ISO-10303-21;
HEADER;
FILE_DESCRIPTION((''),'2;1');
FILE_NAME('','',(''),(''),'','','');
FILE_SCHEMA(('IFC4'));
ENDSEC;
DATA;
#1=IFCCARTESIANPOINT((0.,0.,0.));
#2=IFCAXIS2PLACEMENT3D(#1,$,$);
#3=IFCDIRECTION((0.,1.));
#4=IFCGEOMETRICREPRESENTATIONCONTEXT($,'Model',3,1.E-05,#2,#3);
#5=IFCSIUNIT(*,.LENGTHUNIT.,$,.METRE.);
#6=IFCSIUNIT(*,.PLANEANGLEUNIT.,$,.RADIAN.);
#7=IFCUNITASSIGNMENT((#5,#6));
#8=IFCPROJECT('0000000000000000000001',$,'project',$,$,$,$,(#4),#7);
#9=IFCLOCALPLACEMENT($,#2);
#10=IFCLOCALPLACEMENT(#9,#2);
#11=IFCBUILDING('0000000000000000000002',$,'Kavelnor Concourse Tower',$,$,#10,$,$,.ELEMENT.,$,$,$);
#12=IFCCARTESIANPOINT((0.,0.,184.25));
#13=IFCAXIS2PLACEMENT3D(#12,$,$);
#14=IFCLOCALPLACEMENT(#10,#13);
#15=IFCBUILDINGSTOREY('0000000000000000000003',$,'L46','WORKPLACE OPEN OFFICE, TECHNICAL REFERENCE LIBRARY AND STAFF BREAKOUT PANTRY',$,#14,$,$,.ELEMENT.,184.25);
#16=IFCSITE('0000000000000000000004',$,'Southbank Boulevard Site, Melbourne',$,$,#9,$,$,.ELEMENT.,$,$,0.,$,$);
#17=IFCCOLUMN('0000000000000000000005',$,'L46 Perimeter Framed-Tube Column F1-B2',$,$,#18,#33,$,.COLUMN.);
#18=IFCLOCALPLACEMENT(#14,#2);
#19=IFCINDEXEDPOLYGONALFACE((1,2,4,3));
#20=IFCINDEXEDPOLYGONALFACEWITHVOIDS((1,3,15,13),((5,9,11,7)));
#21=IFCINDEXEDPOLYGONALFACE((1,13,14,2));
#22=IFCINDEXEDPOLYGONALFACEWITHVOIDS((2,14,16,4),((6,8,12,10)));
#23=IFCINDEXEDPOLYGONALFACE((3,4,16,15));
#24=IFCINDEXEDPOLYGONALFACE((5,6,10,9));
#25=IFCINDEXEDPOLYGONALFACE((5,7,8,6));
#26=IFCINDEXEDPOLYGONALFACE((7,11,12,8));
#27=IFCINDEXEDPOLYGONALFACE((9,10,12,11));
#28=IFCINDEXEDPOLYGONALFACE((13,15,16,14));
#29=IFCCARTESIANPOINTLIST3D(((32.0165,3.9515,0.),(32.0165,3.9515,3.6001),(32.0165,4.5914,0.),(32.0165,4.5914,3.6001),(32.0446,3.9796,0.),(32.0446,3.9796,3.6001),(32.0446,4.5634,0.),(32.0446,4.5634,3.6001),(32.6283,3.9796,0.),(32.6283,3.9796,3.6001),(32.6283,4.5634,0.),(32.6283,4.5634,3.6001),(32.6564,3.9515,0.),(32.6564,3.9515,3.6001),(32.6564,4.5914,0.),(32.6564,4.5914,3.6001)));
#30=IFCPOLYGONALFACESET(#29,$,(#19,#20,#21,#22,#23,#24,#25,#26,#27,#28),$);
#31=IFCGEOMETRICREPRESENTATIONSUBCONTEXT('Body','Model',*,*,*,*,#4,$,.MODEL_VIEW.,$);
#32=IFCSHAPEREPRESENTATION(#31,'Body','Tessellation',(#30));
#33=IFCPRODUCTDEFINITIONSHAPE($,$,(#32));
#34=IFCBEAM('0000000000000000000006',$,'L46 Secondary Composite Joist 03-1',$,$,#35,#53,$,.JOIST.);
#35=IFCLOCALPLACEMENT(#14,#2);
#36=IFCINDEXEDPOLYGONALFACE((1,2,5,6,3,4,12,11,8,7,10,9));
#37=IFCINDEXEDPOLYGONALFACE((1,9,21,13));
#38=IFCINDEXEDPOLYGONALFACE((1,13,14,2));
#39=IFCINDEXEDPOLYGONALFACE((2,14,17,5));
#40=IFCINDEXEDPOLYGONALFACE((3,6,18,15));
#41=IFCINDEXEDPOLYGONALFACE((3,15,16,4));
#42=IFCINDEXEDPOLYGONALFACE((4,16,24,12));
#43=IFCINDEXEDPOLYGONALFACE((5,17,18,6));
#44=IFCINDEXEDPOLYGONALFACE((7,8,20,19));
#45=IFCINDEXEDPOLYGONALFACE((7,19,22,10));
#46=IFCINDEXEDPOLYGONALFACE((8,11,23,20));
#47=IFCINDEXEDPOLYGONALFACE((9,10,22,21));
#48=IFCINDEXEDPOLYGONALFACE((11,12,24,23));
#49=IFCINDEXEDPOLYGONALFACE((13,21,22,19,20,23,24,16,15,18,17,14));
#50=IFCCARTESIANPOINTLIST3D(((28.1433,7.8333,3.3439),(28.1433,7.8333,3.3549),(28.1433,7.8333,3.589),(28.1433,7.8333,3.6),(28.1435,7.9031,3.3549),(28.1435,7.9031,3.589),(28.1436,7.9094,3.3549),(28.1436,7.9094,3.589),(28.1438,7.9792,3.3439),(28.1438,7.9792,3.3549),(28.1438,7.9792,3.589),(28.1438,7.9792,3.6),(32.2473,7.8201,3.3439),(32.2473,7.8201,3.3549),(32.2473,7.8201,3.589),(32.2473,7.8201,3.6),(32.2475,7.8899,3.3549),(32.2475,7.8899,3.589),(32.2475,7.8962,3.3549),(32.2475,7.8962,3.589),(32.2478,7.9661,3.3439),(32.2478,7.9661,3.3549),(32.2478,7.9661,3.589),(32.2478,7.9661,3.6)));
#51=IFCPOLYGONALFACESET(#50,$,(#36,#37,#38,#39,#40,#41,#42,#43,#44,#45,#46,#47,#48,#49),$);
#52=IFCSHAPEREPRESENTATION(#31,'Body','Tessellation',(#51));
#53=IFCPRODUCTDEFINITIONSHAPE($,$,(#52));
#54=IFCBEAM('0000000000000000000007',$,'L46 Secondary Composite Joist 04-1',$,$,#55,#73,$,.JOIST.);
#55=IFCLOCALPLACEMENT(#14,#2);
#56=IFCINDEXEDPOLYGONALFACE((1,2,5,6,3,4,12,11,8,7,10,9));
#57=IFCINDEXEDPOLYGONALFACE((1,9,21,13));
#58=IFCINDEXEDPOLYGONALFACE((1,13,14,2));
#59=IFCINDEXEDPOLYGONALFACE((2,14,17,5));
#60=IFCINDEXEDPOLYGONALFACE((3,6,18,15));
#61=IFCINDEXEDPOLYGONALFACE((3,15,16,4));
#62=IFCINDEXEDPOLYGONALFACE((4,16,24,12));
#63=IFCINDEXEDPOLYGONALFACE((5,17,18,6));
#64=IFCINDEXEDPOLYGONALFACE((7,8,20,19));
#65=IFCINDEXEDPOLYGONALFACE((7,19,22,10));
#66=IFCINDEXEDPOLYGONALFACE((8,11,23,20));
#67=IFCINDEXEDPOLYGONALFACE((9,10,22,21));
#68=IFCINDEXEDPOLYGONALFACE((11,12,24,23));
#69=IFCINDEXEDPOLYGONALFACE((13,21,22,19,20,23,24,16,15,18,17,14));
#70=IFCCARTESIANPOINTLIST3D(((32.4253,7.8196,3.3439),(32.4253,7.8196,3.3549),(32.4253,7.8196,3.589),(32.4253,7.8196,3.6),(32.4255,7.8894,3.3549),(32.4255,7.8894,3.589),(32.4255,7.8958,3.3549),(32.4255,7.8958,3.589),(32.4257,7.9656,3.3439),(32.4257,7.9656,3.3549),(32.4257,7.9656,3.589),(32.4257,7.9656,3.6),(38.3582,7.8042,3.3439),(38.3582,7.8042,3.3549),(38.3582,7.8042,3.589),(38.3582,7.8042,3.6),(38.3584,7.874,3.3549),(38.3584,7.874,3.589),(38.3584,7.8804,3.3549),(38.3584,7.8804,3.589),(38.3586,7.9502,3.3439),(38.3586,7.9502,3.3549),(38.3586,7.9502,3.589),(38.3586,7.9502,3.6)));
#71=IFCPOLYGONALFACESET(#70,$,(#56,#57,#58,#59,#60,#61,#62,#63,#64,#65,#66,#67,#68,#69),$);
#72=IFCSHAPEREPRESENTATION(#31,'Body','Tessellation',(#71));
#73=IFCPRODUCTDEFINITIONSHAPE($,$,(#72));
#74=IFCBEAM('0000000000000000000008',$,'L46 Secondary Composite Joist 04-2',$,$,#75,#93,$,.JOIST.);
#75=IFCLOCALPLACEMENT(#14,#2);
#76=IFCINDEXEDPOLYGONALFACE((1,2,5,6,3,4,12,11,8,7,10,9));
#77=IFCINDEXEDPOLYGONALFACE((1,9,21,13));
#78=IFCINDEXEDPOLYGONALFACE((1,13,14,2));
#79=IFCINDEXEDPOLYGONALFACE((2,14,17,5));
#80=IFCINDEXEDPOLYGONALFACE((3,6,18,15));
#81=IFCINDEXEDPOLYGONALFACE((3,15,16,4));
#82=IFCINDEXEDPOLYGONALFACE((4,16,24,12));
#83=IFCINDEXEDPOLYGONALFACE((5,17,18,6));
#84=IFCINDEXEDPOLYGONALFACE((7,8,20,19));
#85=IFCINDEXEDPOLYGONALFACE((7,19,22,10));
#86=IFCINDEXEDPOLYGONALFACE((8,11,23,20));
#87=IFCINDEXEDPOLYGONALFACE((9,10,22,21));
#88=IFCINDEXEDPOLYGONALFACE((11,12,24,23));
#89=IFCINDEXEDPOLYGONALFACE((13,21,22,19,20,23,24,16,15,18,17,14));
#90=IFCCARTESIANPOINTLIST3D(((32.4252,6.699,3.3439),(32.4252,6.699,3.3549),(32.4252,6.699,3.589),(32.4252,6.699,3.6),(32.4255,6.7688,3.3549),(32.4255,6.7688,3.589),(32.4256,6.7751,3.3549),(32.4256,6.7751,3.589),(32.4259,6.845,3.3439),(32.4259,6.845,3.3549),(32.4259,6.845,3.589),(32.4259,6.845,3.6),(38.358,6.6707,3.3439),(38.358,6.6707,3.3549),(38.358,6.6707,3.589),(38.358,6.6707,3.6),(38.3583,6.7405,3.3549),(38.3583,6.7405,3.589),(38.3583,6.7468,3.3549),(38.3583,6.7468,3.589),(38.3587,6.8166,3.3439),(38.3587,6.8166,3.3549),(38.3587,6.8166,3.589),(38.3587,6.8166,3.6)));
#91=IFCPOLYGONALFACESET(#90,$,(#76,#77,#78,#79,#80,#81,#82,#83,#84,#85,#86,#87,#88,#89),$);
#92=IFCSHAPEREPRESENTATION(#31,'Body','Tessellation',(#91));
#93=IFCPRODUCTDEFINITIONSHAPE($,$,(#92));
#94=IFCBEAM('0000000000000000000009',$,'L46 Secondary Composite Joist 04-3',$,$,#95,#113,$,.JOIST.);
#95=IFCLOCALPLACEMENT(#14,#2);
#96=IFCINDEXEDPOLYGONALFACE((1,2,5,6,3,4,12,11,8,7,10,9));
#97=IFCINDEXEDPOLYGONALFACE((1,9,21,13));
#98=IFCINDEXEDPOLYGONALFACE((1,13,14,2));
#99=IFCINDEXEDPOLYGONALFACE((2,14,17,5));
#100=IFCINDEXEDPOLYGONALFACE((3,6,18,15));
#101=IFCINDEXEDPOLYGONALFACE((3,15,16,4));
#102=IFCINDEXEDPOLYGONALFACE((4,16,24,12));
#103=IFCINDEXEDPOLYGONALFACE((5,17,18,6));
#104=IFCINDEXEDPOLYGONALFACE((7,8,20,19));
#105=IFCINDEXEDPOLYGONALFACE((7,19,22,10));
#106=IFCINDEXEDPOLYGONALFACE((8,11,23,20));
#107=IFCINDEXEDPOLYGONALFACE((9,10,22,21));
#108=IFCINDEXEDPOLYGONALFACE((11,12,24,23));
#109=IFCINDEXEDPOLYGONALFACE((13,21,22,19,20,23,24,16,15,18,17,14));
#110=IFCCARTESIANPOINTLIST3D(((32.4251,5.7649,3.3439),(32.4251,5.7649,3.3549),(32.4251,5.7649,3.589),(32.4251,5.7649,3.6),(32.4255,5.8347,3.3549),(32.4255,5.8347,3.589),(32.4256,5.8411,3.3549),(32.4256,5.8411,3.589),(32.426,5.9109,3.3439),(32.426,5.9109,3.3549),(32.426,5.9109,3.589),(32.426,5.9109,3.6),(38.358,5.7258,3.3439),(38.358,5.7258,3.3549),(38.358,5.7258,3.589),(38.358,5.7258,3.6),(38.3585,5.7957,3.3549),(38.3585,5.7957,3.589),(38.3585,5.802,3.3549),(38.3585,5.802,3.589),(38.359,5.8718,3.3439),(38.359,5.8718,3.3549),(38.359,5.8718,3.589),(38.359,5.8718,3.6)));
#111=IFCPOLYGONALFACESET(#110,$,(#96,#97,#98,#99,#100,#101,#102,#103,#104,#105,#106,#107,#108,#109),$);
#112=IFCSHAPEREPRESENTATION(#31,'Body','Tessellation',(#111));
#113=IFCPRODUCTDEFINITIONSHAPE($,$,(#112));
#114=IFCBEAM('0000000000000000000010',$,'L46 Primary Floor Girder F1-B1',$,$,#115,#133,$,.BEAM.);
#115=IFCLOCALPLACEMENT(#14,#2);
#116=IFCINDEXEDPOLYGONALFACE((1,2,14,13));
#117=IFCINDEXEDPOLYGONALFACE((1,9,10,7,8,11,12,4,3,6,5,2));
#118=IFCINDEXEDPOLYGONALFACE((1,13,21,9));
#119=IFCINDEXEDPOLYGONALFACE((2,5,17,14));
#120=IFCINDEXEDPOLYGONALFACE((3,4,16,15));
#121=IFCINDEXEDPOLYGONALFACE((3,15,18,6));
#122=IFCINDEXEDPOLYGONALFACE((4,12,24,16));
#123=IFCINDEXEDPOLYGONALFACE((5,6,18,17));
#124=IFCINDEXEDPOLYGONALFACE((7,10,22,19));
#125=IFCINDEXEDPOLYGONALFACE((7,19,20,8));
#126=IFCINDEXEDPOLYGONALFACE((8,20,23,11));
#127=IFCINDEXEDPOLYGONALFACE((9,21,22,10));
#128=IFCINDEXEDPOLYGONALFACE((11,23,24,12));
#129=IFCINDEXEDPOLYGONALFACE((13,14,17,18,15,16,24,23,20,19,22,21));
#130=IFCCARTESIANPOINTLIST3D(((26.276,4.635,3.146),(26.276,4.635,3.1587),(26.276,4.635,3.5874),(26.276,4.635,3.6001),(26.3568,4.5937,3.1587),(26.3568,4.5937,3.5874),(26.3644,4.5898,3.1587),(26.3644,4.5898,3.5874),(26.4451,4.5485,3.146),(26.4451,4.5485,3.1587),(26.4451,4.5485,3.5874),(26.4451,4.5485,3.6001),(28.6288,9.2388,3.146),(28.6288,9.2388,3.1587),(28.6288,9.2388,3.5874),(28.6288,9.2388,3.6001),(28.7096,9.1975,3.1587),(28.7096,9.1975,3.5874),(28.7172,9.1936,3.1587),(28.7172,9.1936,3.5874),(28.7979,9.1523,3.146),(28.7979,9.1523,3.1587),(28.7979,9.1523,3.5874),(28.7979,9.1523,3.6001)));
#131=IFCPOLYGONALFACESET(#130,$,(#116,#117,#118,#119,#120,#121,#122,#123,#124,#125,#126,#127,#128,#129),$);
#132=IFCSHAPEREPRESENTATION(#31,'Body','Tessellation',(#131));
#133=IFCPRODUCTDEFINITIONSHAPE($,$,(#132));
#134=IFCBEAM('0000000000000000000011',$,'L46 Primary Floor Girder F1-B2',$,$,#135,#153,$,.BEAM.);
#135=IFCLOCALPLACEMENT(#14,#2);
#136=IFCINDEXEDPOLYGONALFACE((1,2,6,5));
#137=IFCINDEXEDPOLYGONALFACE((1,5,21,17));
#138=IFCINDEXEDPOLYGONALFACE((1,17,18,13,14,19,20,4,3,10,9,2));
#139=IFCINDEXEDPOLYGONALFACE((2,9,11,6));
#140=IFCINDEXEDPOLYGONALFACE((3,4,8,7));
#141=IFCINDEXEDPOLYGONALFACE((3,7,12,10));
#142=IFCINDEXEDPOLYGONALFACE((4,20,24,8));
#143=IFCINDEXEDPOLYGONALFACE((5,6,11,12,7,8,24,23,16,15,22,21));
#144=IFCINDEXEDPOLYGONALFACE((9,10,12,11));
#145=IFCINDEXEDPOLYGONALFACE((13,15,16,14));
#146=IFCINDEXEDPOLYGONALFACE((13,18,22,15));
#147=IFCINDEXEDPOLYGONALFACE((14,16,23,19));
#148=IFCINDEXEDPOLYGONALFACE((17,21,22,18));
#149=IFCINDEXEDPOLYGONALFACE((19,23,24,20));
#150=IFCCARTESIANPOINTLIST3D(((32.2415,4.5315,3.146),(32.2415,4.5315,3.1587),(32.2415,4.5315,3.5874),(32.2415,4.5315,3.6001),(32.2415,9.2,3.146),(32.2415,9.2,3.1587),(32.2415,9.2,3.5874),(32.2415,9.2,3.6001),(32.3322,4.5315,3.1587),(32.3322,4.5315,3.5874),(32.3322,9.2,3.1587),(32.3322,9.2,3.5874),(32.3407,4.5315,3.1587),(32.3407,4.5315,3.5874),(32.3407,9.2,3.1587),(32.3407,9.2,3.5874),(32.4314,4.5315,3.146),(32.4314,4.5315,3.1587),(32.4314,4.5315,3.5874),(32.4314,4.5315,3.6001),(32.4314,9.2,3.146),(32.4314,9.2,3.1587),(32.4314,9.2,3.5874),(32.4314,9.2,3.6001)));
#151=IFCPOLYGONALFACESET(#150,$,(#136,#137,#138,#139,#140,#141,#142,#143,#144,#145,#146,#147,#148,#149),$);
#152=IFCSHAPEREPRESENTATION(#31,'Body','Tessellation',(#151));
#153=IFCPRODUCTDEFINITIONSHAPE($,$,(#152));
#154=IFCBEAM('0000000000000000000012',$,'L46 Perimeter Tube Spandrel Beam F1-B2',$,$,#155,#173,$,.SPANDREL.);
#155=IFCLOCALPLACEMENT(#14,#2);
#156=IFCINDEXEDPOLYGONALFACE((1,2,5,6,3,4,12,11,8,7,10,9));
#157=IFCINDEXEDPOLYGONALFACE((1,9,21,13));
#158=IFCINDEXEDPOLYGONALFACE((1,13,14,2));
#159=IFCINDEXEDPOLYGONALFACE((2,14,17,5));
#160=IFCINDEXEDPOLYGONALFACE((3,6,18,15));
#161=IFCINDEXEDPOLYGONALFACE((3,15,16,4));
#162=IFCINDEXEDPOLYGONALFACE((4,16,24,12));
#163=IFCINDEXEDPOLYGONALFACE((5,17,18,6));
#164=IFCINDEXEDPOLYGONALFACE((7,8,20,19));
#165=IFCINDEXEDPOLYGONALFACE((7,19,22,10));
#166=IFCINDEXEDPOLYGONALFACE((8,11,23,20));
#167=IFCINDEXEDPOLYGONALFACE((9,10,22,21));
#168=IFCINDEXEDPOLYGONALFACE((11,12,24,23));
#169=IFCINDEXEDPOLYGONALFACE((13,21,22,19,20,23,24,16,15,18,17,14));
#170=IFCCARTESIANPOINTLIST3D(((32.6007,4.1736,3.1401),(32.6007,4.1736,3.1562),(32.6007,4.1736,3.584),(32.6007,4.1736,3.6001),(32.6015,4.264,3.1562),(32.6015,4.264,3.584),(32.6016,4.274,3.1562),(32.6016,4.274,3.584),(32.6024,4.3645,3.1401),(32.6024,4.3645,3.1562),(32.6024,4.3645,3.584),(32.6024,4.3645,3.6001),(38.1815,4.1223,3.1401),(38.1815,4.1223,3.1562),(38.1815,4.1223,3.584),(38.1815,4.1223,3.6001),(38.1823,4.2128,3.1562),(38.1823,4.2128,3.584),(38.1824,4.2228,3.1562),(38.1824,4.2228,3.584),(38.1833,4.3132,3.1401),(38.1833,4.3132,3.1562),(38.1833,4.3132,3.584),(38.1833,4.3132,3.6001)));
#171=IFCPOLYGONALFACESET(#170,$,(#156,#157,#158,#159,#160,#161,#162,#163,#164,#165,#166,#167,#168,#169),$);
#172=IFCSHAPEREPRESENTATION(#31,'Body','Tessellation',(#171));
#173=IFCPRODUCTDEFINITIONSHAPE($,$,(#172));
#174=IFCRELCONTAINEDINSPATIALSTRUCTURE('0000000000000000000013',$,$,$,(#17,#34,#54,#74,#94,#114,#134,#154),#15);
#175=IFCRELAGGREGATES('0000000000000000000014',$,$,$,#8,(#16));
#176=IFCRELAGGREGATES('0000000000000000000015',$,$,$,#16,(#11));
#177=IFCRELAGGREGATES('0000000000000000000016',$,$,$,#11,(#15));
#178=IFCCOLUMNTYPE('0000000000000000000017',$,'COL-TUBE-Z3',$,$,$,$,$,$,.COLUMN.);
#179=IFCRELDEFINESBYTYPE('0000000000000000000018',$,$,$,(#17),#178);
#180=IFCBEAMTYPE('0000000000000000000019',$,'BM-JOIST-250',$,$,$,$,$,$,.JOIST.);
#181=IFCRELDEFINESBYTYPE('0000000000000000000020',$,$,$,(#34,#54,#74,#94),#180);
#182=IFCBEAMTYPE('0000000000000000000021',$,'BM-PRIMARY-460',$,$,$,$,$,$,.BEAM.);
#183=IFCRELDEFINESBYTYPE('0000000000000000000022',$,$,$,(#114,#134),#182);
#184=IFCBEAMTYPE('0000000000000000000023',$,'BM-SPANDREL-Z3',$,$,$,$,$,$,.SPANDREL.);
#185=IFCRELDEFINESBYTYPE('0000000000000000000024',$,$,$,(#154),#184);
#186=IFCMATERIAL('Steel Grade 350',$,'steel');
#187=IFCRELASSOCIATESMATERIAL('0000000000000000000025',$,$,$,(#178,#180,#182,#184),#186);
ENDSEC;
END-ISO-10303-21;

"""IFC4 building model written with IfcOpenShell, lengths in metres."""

from ifc_helpers import new_model, si_unit, direction, frame, origin, origin_2d, place, context, subcontext, project, spatial, hollow_rectangle, i_section, extrude, material, material_profile, profile_set, type_object, element, save


model = new_model("IFC4")

# Units and contexts
model_context = context("Model", 3, precision=1e-05, world=origin(), true_north=direction((0.0, 1.0)))
body_context = subcontext(model_context, "Body", "Model", "MODEL_VIEW")
ifc_project = project(units=[si_unit("LENGTHUNIT", "METRE"), si_unit("PLANEANGLEUNIT", "RADIAN")], contexts=[model_context])

# Site, building, storey
site_placement = place(None, origin())
site = spatial("IfcSite", under=ifc_project, at=site_placement, Name="Southbank Boulevard Site, Melbourne", CompositionType="ELEMENT", RefElevation=0.0)
building_placement = place(site_placement, origin())
building = spatial("IfcBuilding", under=site, at=building_placement, Name="Kavelnor Concourse Tower", CompositionType="ELEMENT")
storey_placement = place(building_placement, frame((0.0, 0.0, 184.25)))
storey = spatial("IfcBuildingStorey", under=building, at=storey_placement, Name="L46", Description="WORKPLACE OPEN OFFICE, TECHNICAL REFERENCE LIBRARY AND STAFF BREAKOUT PANTRY", CompositionType="ELEMENT", Elevation=184.25)

# Column
ifc_material_1 = material(Name="Steel Grade 350", Category="steel")
ifc_material_profile_1 = material_profile(ifc_material_1, hollow_rectangle(XDim=0.6399, YDim=0.6399, WallThickness=0.0281, at=origin_2d()), Name="SHS 640x640x28")
ifc_profile_set_1 = profile_set([ifc_material_profile_1], Name="Steel Grade 350")
column_type = type_object("IfcColumnType", Name="COL-TUBE-Z3", PredefinedType="COLUMN", material=ifc_profile_set_1)
column_placement = place(storey_placement, frame((32.3364, 4.2715, 0.0), z_axis=(0.0, 0.0, 1.0), x_axis=(1.0, 0.0, 0.0)))
element("IfcColumn", 1, at=column_placement, inside=storey, type_object=column_type, Name="L46 Perimeter Framed-Tube Column F1-B2", PredefinedType="COLUMN", context=body_context, shape_type="SweptSolid", body=[
    extrude(hollow_rectangle(XDim=0.6399, YDim=0.6399, WallThickness=0.0281, at=origin_2d()), origin(), (0.0, 0.0, 1.0), 3.6001),
])

# Beams
ifc_material_profile_2 = material_profile(ifc_material_1, i_section(OverallWidth=0.146, OverallDepth=0.2561, WebThickness=0.0063, FlangeThickness=0.011, at=origin_2d()), Name="250UB37")
ifc_profile_set_2 = profile_set([ifc_material_profile_2], Name="Steel Grade 350")
beam_type_1 = type_object("IfcBeamType", Name="BM-JOIST-250", PredefinedType="JOIST", material=ifc_profile_set_2)
beam_1_placement = place(storey_placement, frame((28.1436, 7.9062, 3.4719), z_axis=(0.999995, -0.003212, 0.0), x_axis=(0.003212, 0.999995, 0.0)))
element("IfcBeam", 2, at=beam_1_placement, inside=storey, type_object=beam_type_1, Name="L46 Secondary Composite Joist 03-1", PredefinedType="JOIST", context=body_context, shape_type="SweptSolid", body=[
    extrude(i_section(OverallWidth=0.146, OverallDepth=0.2561, WebThickness=0.0063, FlangeThickness=0.011, at=origin_2d()), origin(), (0.0, 0.0, 1.0), 4.104),
])
for number, where, z_axis, x_axis, name in (
    (3, (32.4255, 7.8926, 3.4719), (0.999997, -0.002592, 0.0), (0.002592, 0.999997, 0.0), "L46 Secondary Composite Joist 04-1"),
    (4, (32.4255, 6.772, 3.4719), (0.999989, -0.004773, 0.0), (0.004773, 0.999989, 0.0), "L46 Secondary Composite Joist 04-2"),
):
    element("IfcBeam", number, at=place(storey_placement, frame(where, z_axis=z_axis, x_axis=x_axis)), inside=storey, type_object=beam_type_1, Name=name, PredefinedType="JOIST", context=body_context, shape_type="SweptSolid", body=[
        extrude(i_section(OverallWidth=0.146, OverallDepth=0.2561, WebThickness=0.0063, FlangeThickness=0.011, at=origin_2d()), origin(), (0.0, 0.0, 1.0), 5.9329),
    ])
beam_2_placement = place(storey_placement, frame((32.4255, 5.8379, 3.4719), z_axis=(0.999978, -0.006584, 0.0), x_axis=(0.006584, 0.999978, 0.0)))
element("IfcBeam", 5, at=beam_2_placement, inside=storey, type_object=beam_type_1, Name="L46 Secondary Composite Joist 04-3", PredefinedType="JOIST", context=body_context, shape_type="SweptSolid", body=[
    extrude(i_section(OverallWidth=0.146, OverallDepth=0.2561, WebThickness=0.0063, FlangeThickness=0.011, at=origin_2d()), origin(), (0.0, 0.0, 1.0), 5.9331),
])
ifc_material_profile_3 = material_profile(ifc_material_1, i_section(OverallWidth=0.1899, OverallDepth=0.4541, WebThickness=0.0085, FlangeThickness=0.0127, at=origin_2d()), Name="460UB67")
ifc_profile_set_3 = profile_set([ifc_material_profile_3], Name="Steel Grade 350")
beam_type_2 = type_object("IfcBeamType", Name="BM-PRIMARY-460", PredefinedType="BEAM", material=ifc_profile_set_3)
beam_3_placement = place(storey_placement, frame((28.7134, 9.1956, 3.373), z_axis=(-0.455073, -0.890454, 0.0), x_axis=(0.890454, -0.455073, 0.0)))
element("IfcBeam", 6, at=beam_3_placement, inside=storey, type_object=beam_type_2, Name="L46 Primary Floor Girder F1-B1", PredefinedType="BEAM", context=body_context, shape_type="SweptSolid", body=[
    extrude(i_section(OverallWidth=0.1899, OverallDepth=0.4541, WebThickness=0.0085, FlangeThickness=0.0127, at=origin_2d()), origin(), (0.0, 0.0, 1.0), 5.1702),
])
beam_4_placement = place(storey_placement, frame((32.3364, 9.2, 3.373), z_axis=(0.0, -1.0, 0.0), x_axis=(1.0, 0.0, 0.0)))
element("IfcBeam", 7, at=beam_4_placement, inside=storey, type_object=beam_type_2, Name="L46 Primary Floor Girder F1-B2", PredefinedType="BEAM", context=body_context, shape_type="SweptSolid", body=[
    extrude(i_section(OverallWidth=0.1899, OverallDepth=0.4541, WebThickness=0.0085, FlangeThickness=0.0127, at=origin_2d()), origin(), (0.0, 0.0, 1.0), 4.6685),
])
ifc_material_profile_4 = material_profile(ifc_material_1, i_section(OverallWidth=0.1909, OverallDepth=0.46, WebThickness=0.01, FlangeThickness=0.0161, at=origin_2d()), Name="460UB82")
ifc_profile_set_4 = profile_set([ifc_material_profile_4], Name="Steel Grade 350")
beam_type_3 = type_object("IfcBeamType", Name="BM-SPANDREL-Z3", PredefinedType="SPANDREL", material=ifc_profile_set_4)
beam_5_placement = place(storey_placement, frame((32.6016, 4.269, 3.3701), z_axis=(0.999958, -0.009186, 0.0), x_axis=(0.009186, 0.999958, 0.0)))
element("IfcBeam", 8, at=beam_5_placement, inside=storey, type_object=beam_type_3, Name="L46 Perimeter Tube Spandrel Beam F1-B2", PredefinedType="SPANDREL", context=body_context, shape_type="SweptSolid", body=[
    extrude(i_section(OverallWidth=0.1909, OverallDepth=0.46, WebThickness=0.01, FlangeThickness=0.0161, at=origin_2d()), origin(), (0.0, 0.0, 1.0), 5.5811),
])

save(model, "model.ifc")
